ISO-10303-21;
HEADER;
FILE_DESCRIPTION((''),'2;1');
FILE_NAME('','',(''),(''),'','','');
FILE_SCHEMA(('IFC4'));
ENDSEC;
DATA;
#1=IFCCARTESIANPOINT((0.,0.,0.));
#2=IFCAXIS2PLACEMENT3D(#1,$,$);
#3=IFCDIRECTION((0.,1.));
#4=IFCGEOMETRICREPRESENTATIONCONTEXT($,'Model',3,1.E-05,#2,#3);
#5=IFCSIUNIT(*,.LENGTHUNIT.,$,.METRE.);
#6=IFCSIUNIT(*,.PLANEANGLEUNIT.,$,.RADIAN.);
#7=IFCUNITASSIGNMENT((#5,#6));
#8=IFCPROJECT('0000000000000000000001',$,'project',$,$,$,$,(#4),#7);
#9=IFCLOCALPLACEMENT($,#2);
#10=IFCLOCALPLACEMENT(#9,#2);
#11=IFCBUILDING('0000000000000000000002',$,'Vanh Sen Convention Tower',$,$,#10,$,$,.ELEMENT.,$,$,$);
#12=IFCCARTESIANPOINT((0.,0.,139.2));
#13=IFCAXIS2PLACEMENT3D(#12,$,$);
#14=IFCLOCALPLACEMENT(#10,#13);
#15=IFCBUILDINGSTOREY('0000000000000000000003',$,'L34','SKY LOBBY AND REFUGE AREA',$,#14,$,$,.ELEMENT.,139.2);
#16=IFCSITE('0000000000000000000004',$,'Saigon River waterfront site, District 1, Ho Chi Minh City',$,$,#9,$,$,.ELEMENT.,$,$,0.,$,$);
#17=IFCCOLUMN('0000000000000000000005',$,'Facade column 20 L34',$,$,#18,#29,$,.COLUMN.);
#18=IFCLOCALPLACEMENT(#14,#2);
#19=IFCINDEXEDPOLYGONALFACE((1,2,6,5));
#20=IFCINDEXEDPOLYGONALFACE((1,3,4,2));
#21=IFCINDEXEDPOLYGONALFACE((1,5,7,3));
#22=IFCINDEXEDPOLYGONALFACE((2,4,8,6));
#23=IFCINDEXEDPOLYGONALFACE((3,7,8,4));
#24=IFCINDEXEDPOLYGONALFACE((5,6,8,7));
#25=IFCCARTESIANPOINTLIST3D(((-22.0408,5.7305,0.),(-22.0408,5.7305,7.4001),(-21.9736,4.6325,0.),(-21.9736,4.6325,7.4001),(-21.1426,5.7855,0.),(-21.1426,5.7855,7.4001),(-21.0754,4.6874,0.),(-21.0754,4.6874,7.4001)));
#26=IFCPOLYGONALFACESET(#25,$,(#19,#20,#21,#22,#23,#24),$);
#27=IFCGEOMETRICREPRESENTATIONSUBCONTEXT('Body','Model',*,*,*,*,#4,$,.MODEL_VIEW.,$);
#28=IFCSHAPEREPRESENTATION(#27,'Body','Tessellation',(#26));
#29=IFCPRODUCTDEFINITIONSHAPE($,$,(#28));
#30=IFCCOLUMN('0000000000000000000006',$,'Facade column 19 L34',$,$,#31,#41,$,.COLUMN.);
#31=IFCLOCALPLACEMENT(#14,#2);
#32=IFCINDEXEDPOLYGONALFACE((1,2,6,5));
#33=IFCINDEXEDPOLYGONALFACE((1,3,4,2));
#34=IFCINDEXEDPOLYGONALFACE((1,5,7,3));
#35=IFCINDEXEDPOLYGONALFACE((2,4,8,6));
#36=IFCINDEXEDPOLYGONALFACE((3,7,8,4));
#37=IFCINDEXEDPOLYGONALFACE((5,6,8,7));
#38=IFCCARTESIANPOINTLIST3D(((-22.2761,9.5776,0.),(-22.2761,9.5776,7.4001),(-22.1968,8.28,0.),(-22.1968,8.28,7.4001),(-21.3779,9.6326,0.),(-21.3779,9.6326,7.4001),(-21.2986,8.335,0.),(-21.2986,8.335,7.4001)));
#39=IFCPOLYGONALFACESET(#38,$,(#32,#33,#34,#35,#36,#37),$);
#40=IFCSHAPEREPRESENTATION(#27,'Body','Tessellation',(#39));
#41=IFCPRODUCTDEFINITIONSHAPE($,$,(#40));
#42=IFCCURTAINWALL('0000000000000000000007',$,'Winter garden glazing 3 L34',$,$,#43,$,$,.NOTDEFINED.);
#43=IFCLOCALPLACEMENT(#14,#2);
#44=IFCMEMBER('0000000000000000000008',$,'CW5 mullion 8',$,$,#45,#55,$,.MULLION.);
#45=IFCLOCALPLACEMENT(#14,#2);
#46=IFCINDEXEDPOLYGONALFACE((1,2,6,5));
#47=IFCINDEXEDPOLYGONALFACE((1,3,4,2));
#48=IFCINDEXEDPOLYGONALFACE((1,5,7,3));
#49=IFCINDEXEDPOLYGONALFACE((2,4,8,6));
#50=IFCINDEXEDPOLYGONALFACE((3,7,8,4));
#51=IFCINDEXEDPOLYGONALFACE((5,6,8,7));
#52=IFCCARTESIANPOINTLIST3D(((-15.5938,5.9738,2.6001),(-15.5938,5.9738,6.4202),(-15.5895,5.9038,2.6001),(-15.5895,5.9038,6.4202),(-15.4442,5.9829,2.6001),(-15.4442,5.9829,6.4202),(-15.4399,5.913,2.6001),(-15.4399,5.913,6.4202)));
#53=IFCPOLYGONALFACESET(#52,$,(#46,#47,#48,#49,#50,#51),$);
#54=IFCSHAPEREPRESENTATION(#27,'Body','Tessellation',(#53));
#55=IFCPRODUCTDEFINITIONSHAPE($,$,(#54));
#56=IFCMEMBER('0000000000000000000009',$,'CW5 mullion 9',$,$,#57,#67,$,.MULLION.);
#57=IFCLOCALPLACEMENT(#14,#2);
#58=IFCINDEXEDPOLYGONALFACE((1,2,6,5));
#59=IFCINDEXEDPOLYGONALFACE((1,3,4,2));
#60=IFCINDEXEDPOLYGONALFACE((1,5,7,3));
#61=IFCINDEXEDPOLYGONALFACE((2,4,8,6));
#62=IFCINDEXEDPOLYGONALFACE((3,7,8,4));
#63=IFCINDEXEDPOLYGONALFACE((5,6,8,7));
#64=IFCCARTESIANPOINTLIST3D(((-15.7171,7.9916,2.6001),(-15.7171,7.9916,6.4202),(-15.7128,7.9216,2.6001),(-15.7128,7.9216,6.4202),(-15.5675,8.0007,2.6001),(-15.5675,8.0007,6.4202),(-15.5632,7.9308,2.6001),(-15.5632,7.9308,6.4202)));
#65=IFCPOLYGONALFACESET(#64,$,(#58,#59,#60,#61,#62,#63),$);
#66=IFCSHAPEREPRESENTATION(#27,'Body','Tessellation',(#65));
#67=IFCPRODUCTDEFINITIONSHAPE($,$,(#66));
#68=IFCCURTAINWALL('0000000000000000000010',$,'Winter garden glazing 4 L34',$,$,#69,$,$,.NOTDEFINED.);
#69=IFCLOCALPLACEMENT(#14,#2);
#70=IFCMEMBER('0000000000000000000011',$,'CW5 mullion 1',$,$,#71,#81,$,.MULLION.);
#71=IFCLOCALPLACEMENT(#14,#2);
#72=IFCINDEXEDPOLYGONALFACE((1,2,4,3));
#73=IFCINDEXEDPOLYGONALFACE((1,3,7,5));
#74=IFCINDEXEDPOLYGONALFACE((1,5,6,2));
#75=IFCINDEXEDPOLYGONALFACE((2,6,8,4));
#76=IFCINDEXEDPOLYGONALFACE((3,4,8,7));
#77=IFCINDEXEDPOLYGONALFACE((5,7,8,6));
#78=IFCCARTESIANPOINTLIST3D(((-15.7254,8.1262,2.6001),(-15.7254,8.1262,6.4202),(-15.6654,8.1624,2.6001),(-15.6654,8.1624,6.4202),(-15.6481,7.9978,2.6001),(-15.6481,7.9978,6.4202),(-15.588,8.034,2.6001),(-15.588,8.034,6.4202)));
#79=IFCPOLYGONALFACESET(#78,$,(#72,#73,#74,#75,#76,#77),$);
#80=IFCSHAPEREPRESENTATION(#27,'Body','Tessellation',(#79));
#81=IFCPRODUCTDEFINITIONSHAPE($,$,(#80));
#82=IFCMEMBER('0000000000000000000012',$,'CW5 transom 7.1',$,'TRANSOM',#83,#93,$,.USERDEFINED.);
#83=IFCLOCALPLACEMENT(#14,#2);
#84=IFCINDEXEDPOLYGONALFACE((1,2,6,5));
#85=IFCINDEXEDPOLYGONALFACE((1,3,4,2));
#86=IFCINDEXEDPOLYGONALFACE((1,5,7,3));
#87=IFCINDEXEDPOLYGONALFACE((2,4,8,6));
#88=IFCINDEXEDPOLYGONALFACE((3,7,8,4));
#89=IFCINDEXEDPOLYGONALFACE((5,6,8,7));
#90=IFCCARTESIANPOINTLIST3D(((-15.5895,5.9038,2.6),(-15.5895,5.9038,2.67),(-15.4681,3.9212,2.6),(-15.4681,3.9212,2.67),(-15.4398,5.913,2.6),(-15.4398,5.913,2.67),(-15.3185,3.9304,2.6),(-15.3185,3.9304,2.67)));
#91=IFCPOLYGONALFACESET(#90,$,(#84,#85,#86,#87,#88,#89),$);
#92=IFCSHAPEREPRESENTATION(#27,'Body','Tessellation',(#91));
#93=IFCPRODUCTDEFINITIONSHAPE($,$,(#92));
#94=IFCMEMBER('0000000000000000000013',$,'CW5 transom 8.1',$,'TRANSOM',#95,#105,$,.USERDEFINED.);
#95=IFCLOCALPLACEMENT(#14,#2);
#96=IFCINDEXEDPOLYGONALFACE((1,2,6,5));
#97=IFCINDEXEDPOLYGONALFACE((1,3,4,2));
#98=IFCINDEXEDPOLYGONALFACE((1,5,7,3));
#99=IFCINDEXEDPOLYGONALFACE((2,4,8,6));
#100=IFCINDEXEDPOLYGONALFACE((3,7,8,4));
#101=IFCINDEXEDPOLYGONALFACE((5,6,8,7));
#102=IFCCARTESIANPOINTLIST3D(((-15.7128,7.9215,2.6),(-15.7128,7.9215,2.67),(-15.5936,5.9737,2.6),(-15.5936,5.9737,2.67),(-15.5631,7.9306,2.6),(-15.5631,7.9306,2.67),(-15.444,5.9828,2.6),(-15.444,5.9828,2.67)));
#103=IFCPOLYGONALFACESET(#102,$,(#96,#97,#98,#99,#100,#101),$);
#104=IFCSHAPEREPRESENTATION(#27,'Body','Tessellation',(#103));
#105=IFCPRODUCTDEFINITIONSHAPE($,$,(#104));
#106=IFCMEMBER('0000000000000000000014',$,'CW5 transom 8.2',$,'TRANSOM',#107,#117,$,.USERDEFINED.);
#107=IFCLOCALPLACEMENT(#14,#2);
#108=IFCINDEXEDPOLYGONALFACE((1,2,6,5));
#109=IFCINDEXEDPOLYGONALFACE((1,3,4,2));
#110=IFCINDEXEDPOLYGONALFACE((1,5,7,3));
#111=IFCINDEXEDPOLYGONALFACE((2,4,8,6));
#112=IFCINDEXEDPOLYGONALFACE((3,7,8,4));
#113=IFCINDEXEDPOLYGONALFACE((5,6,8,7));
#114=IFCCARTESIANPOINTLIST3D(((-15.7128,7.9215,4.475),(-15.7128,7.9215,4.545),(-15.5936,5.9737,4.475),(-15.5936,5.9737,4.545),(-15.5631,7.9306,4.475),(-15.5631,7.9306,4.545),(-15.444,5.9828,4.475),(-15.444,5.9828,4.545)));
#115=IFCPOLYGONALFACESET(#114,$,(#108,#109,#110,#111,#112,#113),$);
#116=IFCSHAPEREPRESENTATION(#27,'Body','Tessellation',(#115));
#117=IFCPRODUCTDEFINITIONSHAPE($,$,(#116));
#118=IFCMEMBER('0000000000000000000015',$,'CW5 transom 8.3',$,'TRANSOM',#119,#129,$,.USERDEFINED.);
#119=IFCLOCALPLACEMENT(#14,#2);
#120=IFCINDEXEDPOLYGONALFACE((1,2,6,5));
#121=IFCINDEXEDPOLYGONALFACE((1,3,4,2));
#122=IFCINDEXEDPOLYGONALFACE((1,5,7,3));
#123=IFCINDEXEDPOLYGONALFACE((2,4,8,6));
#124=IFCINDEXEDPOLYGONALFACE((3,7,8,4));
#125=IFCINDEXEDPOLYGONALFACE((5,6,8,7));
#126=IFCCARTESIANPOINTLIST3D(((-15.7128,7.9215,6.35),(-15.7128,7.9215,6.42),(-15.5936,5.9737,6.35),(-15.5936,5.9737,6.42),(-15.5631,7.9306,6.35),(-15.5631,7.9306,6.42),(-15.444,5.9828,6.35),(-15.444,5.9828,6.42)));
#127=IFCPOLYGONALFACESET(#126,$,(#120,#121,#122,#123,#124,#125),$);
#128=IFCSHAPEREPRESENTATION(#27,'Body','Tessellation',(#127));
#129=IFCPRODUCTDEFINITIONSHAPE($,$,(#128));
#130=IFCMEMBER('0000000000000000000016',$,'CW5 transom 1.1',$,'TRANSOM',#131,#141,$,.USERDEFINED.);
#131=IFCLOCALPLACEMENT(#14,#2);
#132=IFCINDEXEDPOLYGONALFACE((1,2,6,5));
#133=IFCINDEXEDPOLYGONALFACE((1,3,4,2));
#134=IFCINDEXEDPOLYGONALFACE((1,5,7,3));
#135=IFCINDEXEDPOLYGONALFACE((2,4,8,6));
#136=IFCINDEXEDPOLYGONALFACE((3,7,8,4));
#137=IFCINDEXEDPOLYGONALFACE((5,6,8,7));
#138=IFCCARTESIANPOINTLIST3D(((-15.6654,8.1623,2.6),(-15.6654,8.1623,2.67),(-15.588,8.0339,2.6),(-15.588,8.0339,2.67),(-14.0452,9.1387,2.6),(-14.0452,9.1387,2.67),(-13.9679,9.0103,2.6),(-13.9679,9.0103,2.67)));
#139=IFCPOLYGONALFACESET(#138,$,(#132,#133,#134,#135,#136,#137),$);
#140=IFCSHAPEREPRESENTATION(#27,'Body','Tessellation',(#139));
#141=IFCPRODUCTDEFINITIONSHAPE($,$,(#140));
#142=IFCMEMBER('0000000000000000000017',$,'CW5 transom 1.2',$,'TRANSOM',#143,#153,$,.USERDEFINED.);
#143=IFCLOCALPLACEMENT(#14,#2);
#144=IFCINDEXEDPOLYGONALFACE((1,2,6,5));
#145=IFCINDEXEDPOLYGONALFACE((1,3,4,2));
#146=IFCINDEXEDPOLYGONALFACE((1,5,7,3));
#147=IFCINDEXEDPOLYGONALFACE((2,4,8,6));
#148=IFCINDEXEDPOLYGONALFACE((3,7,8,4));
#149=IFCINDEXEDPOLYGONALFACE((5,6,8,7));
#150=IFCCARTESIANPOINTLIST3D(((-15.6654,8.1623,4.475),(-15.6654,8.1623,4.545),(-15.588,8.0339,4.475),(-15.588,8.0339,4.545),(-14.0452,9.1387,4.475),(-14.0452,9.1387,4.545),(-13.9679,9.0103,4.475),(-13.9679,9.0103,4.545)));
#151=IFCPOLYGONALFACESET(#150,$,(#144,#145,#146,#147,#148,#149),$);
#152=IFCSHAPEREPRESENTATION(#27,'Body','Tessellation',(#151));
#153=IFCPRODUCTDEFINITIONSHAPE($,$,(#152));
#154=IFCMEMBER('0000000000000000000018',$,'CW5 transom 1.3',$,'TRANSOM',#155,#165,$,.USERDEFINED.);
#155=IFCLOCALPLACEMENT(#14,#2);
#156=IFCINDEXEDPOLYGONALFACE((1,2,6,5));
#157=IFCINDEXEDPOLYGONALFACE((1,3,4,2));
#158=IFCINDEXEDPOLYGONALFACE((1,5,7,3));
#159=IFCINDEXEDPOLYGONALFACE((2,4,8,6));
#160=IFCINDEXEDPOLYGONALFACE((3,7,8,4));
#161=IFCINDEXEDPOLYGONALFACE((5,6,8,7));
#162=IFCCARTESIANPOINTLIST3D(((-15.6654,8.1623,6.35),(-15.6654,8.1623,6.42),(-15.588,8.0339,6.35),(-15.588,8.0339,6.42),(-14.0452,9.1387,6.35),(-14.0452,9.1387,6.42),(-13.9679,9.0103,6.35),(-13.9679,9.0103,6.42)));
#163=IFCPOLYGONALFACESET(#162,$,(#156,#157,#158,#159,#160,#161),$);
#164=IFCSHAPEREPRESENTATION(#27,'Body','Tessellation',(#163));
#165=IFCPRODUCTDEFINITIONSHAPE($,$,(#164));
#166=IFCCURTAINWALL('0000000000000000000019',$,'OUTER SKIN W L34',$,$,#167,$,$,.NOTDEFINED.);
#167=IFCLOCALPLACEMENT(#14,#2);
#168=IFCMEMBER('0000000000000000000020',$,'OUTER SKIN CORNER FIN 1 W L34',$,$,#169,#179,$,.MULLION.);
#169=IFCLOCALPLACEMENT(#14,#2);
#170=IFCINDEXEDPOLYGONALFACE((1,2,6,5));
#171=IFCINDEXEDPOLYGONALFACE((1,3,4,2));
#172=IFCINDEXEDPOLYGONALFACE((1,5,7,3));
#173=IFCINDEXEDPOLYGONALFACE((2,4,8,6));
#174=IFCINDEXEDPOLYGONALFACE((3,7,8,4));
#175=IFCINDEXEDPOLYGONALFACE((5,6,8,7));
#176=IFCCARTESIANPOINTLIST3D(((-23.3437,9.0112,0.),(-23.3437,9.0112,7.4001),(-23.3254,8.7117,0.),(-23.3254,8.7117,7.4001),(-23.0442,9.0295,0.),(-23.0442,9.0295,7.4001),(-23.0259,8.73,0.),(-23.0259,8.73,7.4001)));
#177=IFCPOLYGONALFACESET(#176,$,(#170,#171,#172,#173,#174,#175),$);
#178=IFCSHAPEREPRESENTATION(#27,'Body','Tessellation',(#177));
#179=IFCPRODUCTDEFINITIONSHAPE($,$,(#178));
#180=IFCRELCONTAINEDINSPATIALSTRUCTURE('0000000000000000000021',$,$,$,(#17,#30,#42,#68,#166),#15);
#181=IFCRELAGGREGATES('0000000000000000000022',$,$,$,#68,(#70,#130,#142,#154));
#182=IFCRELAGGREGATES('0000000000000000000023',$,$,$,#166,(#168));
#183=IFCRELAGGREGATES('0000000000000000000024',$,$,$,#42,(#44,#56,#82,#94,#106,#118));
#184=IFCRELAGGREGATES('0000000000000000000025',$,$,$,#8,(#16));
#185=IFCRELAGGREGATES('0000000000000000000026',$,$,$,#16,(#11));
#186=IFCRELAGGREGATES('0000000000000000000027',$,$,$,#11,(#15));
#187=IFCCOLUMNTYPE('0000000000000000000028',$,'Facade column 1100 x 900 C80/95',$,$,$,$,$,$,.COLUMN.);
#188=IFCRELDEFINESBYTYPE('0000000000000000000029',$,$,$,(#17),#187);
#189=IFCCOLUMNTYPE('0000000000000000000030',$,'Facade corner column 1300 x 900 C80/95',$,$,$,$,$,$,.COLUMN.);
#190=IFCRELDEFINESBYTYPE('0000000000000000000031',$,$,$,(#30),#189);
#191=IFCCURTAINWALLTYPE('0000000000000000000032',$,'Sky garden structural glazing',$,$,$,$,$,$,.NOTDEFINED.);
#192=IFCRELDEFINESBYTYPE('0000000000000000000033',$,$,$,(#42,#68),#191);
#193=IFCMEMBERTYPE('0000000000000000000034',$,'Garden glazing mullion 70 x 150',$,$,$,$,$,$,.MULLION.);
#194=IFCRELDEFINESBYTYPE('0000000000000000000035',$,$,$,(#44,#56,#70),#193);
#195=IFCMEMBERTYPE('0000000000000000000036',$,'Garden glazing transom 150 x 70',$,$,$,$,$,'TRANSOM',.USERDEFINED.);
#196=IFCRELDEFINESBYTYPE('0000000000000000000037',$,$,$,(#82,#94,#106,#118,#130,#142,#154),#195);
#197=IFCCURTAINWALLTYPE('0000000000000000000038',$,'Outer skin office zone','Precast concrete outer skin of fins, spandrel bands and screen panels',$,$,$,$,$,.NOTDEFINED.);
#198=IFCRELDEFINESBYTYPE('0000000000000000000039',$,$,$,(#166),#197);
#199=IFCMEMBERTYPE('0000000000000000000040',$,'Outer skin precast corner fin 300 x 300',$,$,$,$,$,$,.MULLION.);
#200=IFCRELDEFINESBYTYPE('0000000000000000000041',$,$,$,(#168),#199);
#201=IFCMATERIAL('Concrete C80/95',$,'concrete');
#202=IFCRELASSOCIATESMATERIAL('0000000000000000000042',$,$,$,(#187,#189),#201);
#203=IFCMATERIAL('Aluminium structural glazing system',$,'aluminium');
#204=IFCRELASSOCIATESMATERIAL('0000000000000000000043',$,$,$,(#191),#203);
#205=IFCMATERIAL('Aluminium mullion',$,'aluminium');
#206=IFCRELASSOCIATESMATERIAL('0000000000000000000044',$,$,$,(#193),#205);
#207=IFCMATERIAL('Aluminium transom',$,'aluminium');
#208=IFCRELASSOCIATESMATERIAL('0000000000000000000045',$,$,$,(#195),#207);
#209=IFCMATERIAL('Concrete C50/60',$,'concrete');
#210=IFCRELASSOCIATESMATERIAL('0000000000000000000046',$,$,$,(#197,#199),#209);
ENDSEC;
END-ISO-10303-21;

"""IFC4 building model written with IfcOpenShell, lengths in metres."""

from ifc_helpers import new_model, si_unit, direction, frame, origin, origin_2d, place, context, subcontext, project, spatial, rectangle, extrude, material, material_profile, profile_set, type_object, element, aggregate, save


model = new_model("IFC4")

# Units and contexts
model_context = context("Model", 3, precision=1e-05, world=origin(), true_north=direction((0.0, 1.0)))
body_context = subcontext(model_context, "Body", "Model", "MODEL_VIEW")
ifc_project = project(units=[si_unit("LENGTHUNIT", "METRE"), si_unit("PLANEANGLEUNIT", "RADIAN")], contexts=[model_context])

# Site, building, storey
site_placement = place(None, origin())
site = spatial("IfcSite", under=ifc_project, at=site_placement, Name="Saigon River waterfront site, District 1, Ho Chi Minh City", CompositionType="ELEMENT", RefElevation=0.0)
building_placement = place(site_placement, origin())
building = spatial("IfcBuilding", under=site, at=building_placement, Name="Vanh Sen Convention Tower", CompositionType="ELEMENT")
storey_placement = place(building_placement, frame((0.0, 0.0, 139.2)))
storey = spatial("IfcBuildingStorey", under=building, at=storey_placement, Name="L34", Description="SKY LOBBY AND REFUGE AREA", CompositionType="ELEMENT", Elevation=139.2)

# Columns
ifc_material_1 = material(Name="Concrete C80/95", Category="concrete")
ifc_material_profile_1 = material_profile(ifc_material_1, rectangle(XDim=1.1001, YDim=0.8999, at=origin_2d()), Name="RC 1100X900")
ifc_profile_set_1 = profile_set([ifc_material_profile_1], Name="Concrete C80/95")
column_type_1 = type_object("IfcColumnType", Name="Facade column 1100 x 900 C80/95", PredefinedType="COLUMN", material=ifc_profile_set_1)
column_1_placement = place(storey_placement, frame((-21.5581, 5.209, 0.0), z_axis=(0.0, 0.0, 1.0), x_axis=(0.061049, -0.998135, 0.0)))
element("IfcColumn", 1, at=column_1_placement, inside=storey, type_object=column_type_1, Name="Facade column 20 L34", PredefinedType="COLUMN", context=body_context, shape_type="SweptSolid", body=[
    extrude(rectangle(XDim=1.1001, YDim=0.8999, at=origin_2d()), origin(), (0.0, 0.0, 1.0), 7.4001),
])
ifc_material_profile_2 = material_profile(ifc_material_1, rectangle(XDim=1.3, YDim=0.8999, at=origin_2d()), Name="RC 1300X900")
ifc_profile_set_2 = profile_set([ifc_material_profile_2], Name="Concrete C80/95")
column_type_2 = type_object("IfcColumnType", Name="Facade corner column 1300 x 900 C80/95", PredefinedType="COLUMN", material=ifc_profile_set_2)
column_2_placement = place(storey_placement, frame((-21.7874, 8.9563, 0.0), z_axis=(0.0, 0.0, 1.0), x_axis=(0.061049, -0.998135, 0.0)))
element("IfcColumn", 2, at=column_2_placement, inside=storey, type_object=column_type_2, Name="Facade column 19 L34", PredefinedType="COLUMN", context=body_context, shape_type="SweptSolid", body=[
    extrude(rectangle(XDim=1.3, YDim=0.8999, at=origin_2d()), origin(), (0.0, 0.0, 1.0), 7.4001),
])

# Curtain wall, members
ifc_material_2 = material(Name="Aluminium structural glazing system", Category="aluminium")
curtain_wall_type_1 = type_object("IfcCurtainWallType", Name="Sky garden structural glazing", PredefinedType="NOTDEFINED", material=ifc_material_2)
curtain_wall_1_placement = place(storey_placement, origin())
curtain_wall_1 = element("IfcCurtainWall", 3, at=curtain_wall_1_placement, inside=storey, type_object=curtain_wall_type_1, Name="Winter garden glazing 3 L34", PredefinedType="NOTDEFINED")
ifc_material_3 = material(Name="Aluminium mullion", Category="aluminium")
ifc_material_profile_3 = material_profile(ifc_material_3, rectangle(XDim=0.1499, YDim=0.0701, at=origin_2d()), Name="Garden glazing mullion 70 x 150")
ifc_profile_set_3 = profile_set([ifc_material_profile_3], Name="Aluminium mullion")
member_type_1 = type_object("IfcMemberType", Name="Garden glazing mullion 70 x 150", PredefinedType="MULLION", material=ifc_profile_set_3)
member_1_placement = place(storey_placement, frame((-15.5168, 5.9434, 2.6001), z_axis=(0.0, 0.0, 1.0), x_axis=(-0.998135, -0.061047, 0.0)))
member_1 = element("IfcMember", 4, at=member_1_placement, type_object=member_type_1, Name="CW5 mullion 8", PredefinedType="MULLION", context=body_context, shape_type="SweptSolid", body=[
    extrude(rectangle(XDim=0.1499, YDim=0.0701, at=origin_2d()), origin(), (0.0, 0.0, 1.0), 3.8201),
])
member_2_placement = place(storey_placement, frame((-15.6401, 7.9612, 2.6001), z_axis=(0.0, 0.0, 1.0), x_axis=(-0.998135, -0.061047, 0.0)))
member_2 = element("IfcMember", 5, at=member_2_placement, type_object=member_type_1, Name="CW5 mullion 9", PredefinedType="MULLION", context=body_context, shape_type="SweptSolid", body=[
    extrude(rectangle(XDim=0.1499, YDim=0.0701, at=origin_2d()), origin(), (0.0, 0.0, 1.0), 3.8201),
])

# Curtain wall, member
curtain_wall_2_placement = place(storey_placement, origin())
curtain_wall_2 = element("IfcCurtainWall", 6, at=curtain_wall_2_placement, inside=storey, type_object=curtain_wall_type_1, Name="Winter garden glazing 4 L34", PredefinedType="NOTDEFINED")
member_3_placement = place(storey_placement, frame((-15.6567, 8.0801, 2.6001), z_axis=(0.0, 0.0, 1.0), x_axis=(-0.516176, 0.856483, 0.0)))
member_3 = element("IfcMember", 7, at=member_3_placement, type_object=member_type_1, Name="CW5 mullion 1", PredefinedType="MULLION", context=body_context, shape_type="SweptSolid", body=[
    extrude(rectangle(XDim=0.1499, YDim=0.0701, at=origin_2d()), origin(), (0.0, 0.0, 1.0), 3.8201),
])

# Members
ifc_material_4 = material(Name="Aluminium transom", Category="aluminium")
ifc_material_profile_4 = material_profile(ifc_material_4, rectangle(XDim=0.1499, YDim=0.0701, at=origin_2d()), Name="Garden glazing transom 150 x 70")
ifc_profile_set_4 = profile_set([ifc_material_profile_4], Name="Aluminium transom")
member_type_2 = type_object("IfcMemberType", Name="Garden glazing transom 150 x 70", ElementType="TRANSOM", PredefinedType="USERDEFINED", material=ifc_profile_set_4)
member_4_placement = place(storey_placement, frame((-15.3933, 3.9258, 2.635), z_axis=(-0.061085, 0.998133, 0.0), x_axis=(-0.998133, -0.061085, 0.0)))
member_4 = element("IfcMember", 8, at=member_4_placement, type_object=member_type_2, Name="CW5 transom 7.1", ObjectType="TRANSOM", PredefinedType="USERDEFINED", context=body_context, shape_type="SweptSolid", body=[
    extrude(rectangle(XDim=0.1499, YDim=0.0701, at=origin_2d()), origin(), (0.0, 0.0, 1.0), 1.9863),
])
member_5_placement = place(storey_placement, frame((-15.5188, 5.9783, 2.635), z_axis=(-0.061054, 0.998134, 0.0), x_axis=(-0.998134, -0.061054, 0.0)))
member_5 = element("IfcMember", 9, at=member_5_placement, type_object=member_type_2, Name="CW5 transom 8.1", ObjectType="TRANSOM", PredefinedType="USERDEFINED", context=body_context, shape_type="SweptSolid", body=[
    extrude(rectangle(XDim=0.1499, YDim=0.0701, at=origin_2d()), origin(), (0.0, 0.0, 1.0), 1.9514),
])
member_6_placement = place(storey_placement, frame((-15.5188, 5.9783, 4.51), z_axis=(-0.061054, 0.998134, 0.0), x_axis=(-0.998134, -0.061054, 0.0)))
member_6 = element("IfcMember", 10, at=member_6_placement, type_object=member_type_2, Name="CW5 transom 8.2", ObjectType="TRANSOM", PredefinedType="USERDEFINED", context=body_context, shape_type="SweptSolid", body=[
    extrude(rectangle(XDim=0.1499, YDim=0.0701, at=origin_2d()), origin(), (0.0, 0.0, 1.0), 1.9514),
])
member_7_placement = place(storey_placement, frame((-15.5188, 5.9783, 6.385), z_axis=(-0.061054, 0.998134, 0.0), x_axis=(-0.998134, -0.061054, 0.0)))
member_7 = element("IfcMember", 11, at=member_7_placement, type_object=member_type_2, Name="CW5 transom 8.3", ObjectType="TRANSOM", PredefinedType="USERDEFINED", context=body_context, shape_type="SweptSolid", body=[
    extrude(rectangle(XDim=0.1499, YDim=0.0701, at=origin_2d()), origin(), (0.0, 0.0, 1.0), 1.9514),
])
member_8_placement = place(storey_placement, frame((-15.6267, 8.0981, 2.635), z_axis=(0.856501, 0.516146, 0.0), x_axis=(-0.516146, 0.856501, 0.0)))
member_8 = element("IfcMember", 12, at=member_8_placement, type_object=member_type_2, Name="CW5 transom 1.1", ObjectType="TRANSOM", PredefinedType="USERDEFINED", context=body_context, shape_type="SweptSolid", body=[
    extrude(rectangle(XDim=0.1499, YDim=0.0701, at=origin_2d()), origin(), (0.0, 0.0, 1.0), 1.8916),
])
member_9_placement = place(storey_placement, frame((-15.6267, 8.0981, 4.51), z_axis=(0.856501, 0.516146, 0.0), x_axis=(-0.516146, 0.856501, 0.0)))
member_9 = element("IfcMember", 13, at=member_9_placement, type_object=member_type_2, Name="CW5 transom 1.2", ObjectType="TRANSOM", PredefinedType="USERDEFINED", context=body_context, shape_type="SweptSolid", body=[
    extrude(rectangle(XDim=0.1499, YDim=0.0701, at=origin_2d()), origin(), (0.0, 0.0, 1.0), 1.8916),
])
member_10_placement = place(storey_placement, frame((-15.6267, 8.0981, 6.385), z_axis=(0.856501, 0.516146, 0.0), x_axis=(-0.516146, 0.856501, 0.0)))
member_10 = element("IfcMember", 14, at=member_10_placement, type_object=member_type_2, Name="CW5 transom 1.3", ObjectType="TRANSOM", PredefinedType="USERDEFINED", context=body_context, shape_type="SweptSolid", body=[
    extrude(rectangle(XDim=0.1499, YDim=0.0701, at=origin_2d()), origin(), (0.0, 0.0, 1.0), 1.8916),
])
aggregate(curtain_wall_2, [member_3, member_8, member_9, member_10])

# Curtain wall, member
ifc_material_5 = material(Name="Concrete C50/60", Category="concrete")
curtain_wall_type_2 = type_object("IfcCurtainWallType", Name="Outer skin office zone", Description="Precast concrete outer skin of fins, spandrel bands and screen panels", PredefinedType="NOTDEFINED", material=ifc_material_5)
curtain_wall_3_placement = place(storey_placement, origin())
curtain_wall_3 = element("IfcCurtainWall", 15, at=curtain_wall_3_placement, inside=storey, type_object=curtain_wall_type_2, Name="OUTER SKIN W L34", PredefinedType="NOTDEFINED")
ifc_material_profile_5 = material_profile(ifc_material_5, rectangle(XDim=0.3, YDim=0.3, at=origin_2d()), Name="Outer skin precast corner fin 300 x 300")
ifc_profile_set_5 = profile_set([ifc_material_profile_5], Name="Concrete C50/60")
member_type_3 = type_object("IfcMemberType", Name="Outer skin precast corner fin 300 x 300", PredefinedType="MULLION", material=ifc_profile_set_5)
member_11_placement = place(storey_placement, frame((-23.1848, 8.8706, 0.0), z_axis=(0.0, 0.0, 1.0), x_axis=(0.061049, -0.998135, 0.0)))
member_11 = element("IfcMember", 16, at=member_11_placement, type_object=member_type_3, Name="OUTER SKIN CORNER FIN 1 W L34", PredefinedType="MULLION", context=body_context, shape_type="SweptSolid", body=[
    extrude(rectangle(XDim=0.3, YDim=0.3, at=origin_2d()), origin(), (0.0, 0.0, 1.0), 7.4001),
])
aggregate(curtain_wall_3, [member_11])

aggregate(curtain_wall_1, [member_1, member_2, member_4, member_5, member_6, member_7])

save(model, "model.ifc")
